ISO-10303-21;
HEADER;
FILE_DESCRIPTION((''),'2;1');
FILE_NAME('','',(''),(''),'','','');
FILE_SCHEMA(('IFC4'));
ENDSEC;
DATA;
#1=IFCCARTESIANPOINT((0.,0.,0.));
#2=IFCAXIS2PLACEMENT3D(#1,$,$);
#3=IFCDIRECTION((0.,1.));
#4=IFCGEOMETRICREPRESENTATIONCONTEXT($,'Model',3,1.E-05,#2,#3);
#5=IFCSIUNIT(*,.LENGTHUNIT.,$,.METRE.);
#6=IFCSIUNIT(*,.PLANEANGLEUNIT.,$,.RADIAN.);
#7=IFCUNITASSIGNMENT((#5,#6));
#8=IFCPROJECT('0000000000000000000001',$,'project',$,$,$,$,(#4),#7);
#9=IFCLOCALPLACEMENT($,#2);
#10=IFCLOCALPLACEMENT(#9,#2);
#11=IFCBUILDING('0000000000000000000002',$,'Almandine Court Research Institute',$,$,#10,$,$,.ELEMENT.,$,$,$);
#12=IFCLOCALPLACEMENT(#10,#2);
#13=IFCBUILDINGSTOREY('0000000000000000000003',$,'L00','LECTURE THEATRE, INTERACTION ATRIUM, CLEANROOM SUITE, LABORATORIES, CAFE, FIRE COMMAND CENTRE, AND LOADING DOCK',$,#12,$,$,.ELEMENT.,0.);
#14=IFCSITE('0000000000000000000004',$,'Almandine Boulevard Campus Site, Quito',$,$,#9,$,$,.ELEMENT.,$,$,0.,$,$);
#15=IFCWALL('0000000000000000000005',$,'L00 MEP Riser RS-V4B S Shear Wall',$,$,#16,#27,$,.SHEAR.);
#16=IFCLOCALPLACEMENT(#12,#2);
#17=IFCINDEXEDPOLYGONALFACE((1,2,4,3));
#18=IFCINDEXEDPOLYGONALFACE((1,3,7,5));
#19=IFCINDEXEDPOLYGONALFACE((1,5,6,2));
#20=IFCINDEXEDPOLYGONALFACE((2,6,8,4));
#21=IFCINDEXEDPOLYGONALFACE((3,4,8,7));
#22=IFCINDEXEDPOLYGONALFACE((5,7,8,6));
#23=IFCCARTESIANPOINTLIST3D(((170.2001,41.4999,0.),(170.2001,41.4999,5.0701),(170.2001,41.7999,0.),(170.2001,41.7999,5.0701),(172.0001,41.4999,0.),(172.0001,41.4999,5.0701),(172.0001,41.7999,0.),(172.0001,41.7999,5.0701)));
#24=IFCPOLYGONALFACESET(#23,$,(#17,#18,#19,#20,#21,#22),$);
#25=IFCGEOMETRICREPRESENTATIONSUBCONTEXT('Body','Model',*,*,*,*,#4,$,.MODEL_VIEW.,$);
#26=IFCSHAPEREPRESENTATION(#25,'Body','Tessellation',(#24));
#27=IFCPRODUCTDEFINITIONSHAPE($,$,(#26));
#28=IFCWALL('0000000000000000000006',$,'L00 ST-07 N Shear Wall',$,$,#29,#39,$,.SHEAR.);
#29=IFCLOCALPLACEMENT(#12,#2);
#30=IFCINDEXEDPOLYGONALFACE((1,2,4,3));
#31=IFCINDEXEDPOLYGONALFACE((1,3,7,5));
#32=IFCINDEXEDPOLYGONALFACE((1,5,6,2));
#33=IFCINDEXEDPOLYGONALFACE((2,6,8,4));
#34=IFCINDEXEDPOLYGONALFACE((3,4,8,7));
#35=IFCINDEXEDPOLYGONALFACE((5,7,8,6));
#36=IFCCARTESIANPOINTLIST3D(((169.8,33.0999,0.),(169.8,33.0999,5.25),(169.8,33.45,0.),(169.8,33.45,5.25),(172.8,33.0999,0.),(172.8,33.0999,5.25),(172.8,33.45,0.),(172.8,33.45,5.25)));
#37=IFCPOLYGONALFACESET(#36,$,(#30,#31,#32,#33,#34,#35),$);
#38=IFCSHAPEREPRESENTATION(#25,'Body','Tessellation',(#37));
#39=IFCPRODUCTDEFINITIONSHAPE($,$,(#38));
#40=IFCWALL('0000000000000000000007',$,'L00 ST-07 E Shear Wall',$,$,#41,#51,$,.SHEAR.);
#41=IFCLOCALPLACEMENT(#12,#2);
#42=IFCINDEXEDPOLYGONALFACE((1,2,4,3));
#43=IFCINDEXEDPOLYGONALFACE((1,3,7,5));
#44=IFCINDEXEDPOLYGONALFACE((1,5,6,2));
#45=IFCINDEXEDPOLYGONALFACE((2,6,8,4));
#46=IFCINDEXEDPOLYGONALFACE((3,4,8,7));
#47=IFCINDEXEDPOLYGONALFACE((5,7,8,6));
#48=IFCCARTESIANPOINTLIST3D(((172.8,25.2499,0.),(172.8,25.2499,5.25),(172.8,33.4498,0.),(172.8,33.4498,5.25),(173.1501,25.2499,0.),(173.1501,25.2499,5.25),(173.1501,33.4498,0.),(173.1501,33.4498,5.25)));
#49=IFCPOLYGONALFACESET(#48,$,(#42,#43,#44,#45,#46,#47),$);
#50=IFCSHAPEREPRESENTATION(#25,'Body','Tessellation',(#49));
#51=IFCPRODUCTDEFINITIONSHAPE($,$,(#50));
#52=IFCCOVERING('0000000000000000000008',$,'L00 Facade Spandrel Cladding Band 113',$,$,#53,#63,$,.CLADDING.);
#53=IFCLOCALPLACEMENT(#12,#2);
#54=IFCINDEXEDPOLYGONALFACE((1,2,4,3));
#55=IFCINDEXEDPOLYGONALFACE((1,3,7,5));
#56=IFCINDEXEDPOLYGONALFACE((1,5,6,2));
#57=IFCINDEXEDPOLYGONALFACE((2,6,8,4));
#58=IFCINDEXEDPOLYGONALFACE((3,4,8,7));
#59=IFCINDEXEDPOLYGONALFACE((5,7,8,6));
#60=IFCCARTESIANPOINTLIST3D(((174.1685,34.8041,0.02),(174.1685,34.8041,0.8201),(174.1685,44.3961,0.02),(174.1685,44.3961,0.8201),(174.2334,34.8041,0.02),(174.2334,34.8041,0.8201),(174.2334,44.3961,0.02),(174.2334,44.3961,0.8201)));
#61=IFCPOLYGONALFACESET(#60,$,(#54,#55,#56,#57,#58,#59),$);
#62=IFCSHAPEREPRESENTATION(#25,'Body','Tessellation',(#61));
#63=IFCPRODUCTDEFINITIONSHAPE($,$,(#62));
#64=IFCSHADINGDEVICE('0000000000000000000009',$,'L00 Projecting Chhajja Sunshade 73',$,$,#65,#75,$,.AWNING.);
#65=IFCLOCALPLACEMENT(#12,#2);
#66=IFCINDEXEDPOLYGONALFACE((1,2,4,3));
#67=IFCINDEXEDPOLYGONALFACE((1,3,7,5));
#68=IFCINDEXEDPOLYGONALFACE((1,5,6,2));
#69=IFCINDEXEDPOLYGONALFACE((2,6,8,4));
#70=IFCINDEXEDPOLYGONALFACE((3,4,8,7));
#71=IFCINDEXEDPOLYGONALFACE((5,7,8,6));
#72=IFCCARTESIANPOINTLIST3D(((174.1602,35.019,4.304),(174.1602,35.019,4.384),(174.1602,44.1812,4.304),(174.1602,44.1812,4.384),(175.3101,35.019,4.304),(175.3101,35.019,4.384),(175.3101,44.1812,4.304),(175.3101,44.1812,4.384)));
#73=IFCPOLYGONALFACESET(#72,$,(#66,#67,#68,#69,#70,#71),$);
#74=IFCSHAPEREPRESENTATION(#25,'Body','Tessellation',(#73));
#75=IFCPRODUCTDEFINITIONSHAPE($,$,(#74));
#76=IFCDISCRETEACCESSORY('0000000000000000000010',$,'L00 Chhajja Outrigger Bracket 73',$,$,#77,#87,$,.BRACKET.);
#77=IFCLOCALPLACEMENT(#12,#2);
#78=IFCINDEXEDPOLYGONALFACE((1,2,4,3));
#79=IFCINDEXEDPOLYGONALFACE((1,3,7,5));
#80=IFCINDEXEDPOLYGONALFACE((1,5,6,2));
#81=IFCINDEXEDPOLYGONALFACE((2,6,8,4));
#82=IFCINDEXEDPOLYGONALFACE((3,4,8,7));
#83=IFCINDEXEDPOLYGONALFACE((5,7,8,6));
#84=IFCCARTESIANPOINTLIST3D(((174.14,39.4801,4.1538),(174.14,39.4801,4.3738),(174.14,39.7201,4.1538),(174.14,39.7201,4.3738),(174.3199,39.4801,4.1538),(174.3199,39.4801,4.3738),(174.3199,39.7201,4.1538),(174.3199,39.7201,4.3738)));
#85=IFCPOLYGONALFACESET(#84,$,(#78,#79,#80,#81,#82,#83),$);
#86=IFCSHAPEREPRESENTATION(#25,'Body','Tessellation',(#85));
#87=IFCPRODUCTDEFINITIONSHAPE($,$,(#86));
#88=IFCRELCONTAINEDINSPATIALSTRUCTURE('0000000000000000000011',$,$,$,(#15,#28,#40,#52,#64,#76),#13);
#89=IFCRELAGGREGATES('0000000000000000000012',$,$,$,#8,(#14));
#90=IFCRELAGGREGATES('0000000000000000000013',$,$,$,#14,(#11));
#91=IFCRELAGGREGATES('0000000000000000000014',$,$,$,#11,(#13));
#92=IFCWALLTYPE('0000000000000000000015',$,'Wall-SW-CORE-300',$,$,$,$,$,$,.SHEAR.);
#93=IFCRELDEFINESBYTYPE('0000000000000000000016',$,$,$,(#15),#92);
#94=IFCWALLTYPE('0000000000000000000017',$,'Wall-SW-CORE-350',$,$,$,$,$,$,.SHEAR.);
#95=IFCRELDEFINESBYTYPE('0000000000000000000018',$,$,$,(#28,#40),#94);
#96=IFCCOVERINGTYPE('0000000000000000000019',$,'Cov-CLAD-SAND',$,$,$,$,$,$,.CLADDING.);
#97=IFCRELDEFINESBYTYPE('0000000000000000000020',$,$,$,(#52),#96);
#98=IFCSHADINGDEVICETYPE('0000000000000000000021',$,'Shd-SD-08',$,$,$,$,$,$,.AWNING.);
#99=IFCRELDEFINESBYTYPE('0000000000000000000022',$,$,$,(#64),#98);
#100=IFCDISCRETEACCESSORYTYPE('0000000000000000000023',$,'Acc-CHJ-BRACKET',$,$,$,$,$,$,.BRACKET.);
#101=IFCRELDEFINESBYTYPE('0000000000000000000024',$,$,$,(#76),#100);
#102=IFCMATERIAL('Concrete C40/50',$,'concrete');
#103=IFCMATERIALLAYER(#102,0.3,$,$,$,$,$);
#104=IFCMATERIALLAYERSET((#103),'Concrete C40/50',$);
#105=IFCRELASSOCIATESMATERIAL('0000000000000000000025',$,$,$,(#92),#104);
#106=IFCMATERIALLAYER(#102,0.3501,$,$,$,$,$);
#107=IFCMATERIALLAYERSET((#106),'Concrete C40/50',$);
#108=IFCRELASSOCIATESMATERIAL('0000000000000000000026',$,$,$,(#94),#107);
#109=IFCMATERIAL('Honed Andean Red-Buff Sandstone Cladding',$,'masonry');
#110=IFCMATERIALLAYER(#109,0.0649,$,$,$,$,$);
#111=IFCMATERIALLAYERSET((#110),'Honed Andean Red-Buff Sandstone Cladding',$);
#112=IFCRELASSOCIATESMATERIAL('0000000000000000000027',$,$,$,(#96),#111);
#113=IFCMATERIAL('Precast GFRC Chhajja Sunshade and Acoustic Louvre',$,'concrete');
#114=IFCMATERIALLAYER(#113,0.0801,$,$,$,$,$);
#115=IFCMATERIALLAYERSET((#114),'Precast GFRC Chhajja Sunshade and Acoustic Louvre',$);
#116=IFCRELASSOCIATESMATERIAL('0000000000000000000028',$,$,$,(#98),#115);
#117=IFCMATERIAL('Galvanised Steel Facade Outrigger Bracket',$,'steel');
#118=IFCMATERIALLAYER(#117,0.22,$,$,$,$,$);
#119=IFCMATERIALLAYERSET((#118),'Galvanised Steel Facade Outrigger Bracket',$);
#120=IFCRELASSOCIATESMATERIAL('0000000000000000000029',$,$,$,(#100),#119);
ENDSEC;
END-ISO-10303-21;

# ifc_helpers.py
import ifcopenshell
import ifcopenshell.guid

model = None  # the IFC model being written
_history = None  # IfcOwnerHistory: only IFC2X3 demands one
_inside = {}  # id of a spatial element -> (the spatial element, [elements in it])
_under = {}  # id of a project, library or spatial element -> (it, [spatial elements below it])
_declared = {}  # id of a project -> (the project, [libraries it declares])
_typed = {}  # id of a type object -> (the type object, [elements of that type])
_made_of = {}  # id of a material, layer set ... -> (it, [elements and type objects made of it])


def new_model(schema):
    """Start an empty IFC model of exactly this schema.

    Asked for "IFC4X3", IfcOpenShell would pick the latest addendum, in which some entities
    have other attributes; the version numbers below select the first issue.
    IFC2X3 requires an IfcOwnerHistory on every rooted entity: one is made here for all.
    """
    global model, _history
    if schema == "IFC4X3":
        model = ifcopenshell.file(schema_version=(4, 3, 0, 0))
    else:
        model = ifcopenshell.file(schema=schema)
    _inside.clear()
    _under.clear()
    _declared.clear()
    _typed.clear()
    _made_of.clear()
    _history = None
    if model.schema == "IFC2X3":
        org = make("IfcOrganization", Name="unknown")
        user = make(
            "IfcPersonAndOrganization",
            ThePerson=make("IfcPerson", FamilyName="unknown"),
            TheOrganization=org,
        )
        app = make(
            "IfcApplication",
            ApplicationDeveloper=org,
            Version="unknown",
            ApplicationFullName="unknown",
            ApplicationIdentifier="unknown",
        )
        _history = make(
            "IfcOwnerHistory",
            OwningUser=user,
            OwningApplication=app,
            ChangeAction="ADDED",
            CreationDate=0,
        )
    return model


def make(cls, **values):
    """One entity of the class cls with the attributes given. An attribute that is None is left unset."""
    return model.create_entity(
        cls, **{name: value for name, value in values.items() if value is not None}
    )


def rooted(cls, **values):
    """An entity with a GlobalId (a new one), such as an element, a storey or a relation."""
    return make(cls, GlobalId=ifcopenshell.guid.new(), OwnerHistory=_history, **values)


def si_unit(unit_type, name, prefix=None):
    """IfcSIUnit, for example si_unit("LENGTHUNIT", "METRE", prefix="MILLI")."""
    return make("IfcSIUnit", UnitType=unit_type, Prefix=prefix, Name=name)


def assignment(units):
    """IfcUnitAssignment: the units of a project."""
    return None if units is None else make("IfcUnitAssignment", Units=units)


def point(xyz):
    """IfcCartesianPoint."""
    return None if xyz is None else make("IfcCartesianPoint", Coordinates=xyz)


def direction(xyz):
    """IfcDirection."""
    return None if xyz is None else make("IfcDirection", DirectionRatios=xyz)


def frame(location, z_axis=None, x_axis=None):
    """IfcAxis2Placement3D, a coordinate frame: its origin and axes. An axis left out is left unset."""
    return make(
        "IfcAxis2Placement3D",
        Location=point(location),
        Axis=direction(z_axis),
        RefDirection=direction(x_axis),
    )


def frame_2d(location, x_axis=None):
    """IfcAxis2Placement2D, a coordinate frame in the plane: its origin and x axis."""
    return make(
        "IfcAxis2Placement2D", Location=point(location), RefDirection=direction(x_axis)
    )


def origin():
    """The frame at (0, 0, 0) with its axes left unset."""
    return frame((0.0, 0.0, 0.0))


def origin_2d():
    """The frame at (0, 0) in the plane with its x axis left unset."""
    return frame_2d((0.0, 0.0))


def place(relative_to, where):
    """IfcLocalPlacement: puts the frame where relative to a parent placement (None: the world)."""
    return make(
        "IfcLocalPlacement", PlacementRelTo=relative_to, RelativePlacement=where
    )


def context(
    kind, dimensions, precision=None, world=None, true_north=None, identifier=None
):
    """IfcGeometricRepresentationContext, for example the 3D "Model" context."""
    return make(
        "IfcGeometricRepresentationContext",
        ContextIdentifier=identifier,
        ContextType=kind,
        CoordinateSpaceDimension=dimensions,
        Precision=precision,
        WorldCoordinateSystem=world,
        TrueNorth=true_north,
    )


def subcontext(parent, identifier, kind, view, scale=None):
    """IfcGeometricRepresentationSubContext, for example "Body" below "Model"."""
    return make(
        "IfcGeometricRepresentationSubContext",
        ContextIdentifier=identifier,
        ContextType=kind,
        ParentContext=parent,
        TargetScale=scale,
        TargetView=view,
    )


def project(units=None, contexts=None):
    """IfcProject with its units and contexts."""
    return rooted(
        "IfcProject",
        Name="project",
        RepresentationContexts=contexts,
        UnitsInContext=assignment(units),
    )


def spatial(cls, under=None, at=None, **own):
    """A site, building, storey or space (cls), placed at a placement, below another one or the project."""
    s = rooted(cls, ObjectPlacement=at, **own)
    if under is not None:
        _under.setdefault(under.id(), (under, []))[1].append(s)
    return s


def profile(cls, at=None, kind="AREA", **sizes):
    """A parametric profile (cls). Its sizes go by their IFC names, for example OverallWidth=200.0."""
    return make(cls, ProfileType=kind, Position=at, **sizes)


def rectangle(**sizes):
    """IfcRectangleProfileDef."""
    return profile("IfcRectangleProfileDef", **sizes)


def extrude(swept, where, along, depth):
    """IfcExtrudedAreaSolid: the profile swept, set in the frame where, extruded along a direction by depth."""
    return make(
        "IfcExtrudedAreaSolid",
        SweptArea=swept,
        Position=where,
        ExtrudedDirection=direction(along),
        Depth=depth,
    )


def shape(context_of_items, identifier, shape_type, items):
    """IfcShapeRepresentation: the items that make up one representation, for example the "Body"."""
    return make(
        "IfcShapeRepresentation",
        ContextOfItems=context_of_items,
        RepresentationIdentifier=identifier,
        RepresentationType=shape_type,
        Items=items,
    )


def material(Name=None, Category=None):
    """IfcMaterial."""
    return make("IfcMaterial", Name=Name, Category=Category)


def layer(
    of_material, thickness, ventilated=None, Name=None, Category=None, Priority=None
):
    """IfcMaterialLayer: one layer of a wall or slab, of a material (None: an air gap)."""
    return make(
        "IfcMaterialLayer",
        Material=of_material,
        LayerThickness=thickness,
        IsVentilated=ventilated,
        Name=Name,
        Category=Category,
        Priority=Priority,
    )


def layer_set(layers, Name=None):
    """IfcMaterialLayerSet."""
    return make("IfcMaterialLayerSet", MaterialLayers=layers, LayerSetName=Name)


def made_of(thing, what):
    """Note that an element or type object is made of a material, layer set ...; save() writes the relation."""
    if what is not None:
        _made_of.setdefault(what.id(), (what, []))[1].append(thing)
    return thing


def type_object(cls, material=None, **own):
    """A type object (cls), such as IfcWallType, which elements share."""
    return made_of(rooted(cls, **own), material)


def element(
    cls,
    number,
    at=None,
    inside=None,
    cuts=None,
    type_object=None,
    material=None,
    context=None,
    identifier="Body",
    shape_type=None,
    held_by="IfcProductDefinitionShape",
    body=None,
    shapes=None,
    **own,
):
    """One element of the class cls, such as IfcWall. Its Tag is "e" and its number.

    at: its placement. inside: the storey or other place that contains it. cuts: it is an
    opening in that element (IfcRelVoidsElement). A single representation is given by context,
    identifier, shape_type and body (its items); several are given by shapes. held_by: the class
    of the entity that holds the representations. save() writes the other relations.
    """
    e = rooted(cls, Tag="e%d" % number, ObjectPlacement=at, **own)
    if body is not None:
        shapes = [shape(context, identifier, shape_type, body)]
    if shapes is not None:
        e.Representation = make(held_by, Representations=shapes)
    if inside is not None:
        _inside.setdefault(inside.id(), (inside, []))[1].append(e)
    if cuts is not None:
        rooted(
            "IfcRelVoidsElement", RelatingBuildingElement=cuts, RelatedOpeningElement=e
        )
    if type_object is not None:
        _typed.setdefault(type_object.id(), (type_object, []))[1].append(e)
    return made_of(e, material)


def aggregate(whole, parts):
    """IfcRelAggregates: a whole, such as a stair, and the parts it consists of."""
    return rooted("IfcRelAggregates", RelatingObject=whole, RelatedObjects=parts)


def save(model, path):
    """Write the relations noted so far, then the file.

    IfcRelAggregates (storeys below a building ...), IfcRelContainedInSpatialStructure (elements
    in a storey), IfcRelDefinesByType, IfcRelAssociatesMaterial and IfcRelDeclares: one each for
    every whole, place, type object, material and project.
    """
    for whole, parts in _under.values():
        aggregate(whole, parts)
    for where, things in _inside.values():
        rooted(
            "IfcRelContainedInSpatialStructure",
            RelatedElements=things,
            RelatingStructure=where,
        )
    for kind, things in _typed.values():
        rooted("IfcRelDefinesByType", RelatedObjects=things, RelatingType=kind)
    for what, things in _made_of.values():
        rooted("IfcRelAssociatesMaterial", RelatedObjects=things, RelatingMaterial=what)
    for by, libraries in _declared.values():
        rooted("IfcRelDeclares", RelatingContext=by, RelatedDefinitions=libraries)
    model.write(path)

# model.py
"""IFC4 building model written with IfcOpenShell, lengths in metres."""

from ifc_helpers import new_model, si_unit, direction, frame, frame_2d, origin, origin_2d, place, context, subcontext, project, spatial, rectangle, extrude, material, layer, layer_set, type_object, element, save


model = new_model("IFC4")

# Units and contexts
model_context = context("Model", 3, precision=1e-05, world=origin(), true_north=direction((0.0, 1.0)))
body_context = subcontext(model_context, "Body", "Model", "MODEL_VIEW")
ifc_project = project(units=[si_unit("LENGTHUNIT", "METRE"), si_unit("PLANEANGLEUNIT", "RADIAN")], contexts=[model_context])

# Site, building, storey
site_placement = place(None, origin())
site = spatial("IfcSite", under=ifc_project, at=site_placement, Name="Almandine Boulevard Campus Site, Quito", CompositionType="ELEMENT", RefElevation=0.0)
building_placement = place(site_placement, origin())
building = spatial("IfcBuilding", under=site, at=building_placement, Name="Almandine Court Research Institute", CompositionType="ELEMENT")
storey_placement = place(building_placement, origin())
storey = spatial("IfcBuildingStorey", under=building, at=storey_placement, Name="L00", Description="LECTURE THEATRE, INTERACTION ATRIUM, CLEANROOM SUITE, LABORATORIES, CAFE, FIRE COMMAND CENTRE, AND LOADING DOCK", CompositionType="ELEMENT", Elevation=0.0)

# Walls
ifc_material_1 = material(Name="Concrete C40/50", Category="concrete")
ifc_layer_1 = layer(ifc_material_1, 0.3)
ifc_layer_set_1 = layer_set([ifc_layer_1], Name="Concrete C40/50")
wall_type_1 = type_object("IfcWallType", Name="Wall-SW-CORE-300", PredefinedType="SHEAR", material=ifc_layer_set_1)
wall_1_placement = place(storey_placement, frame((172.0, 41.6499, 0.0), z_axis=(0.0, 0.0, 1.0), x_axis=(-1.0, 0.0, 0.0)))
element("IfcWall", 1, at=wall_1_placement, inside=storey, type_object=wall_type_1, Name="L00 MEP Riser RS-V4B S Shear Wall", PredefinedType="SHEAR", context=body_context, shape_type="SweptSolid", body=[
    extrude(rectangle(XDim=1.8, YDim=0.3, at=frame_2d((0.8999, 0.0))), origin(), (0.0, 0.0, 1.0), 5.0701),
])
ifc_layer_2 = layer(ifc_material_1, 0.3501)
ifc_layer_set_2 = layer_set([ifc_layer_2], Name="Concrete C40/50")
wall_type_2 = type_object("IfcWallType", Name="Wall-SW-CORE-350", PredefinedType="SHEAR", material=ifc_layer_set_2)
wall_2_placement = place(storey_placement, frame((169.8, 33.2749, 0.0), z_axis=(0.0, 0.0, 1.0), x_axis=(1.0, 0.0, 0.0)))
element("IfcWall", 2, at=wall_2_placement, inside=storey, type_object=wall_type_2, Name="L00 ST-07 N Shear Wall", PredefinedType="SHEAR", context=body_context, shape_type="SweptSolid", body=[
    extrude(rectangle(XDim=3.0, YDim=0.3501, at=frame_2d((1.5, 0.0))), origin(), (0.0, 0.0, 1.0), 5.25),
])
wall_3_placement = place(storey_placement, frame((172.9751, 33.45, 0.0), z_axis=(0.0, 0.0, 1.0), x_axis=(0.0, -1.0, 0.0)))
element("IfcWall", 3, at=wall_3_placement, inside=storey, type_object=wall_type_2, Name="L00 ST-07 E Shear Wall", PredefinedType="SHEAR", context=body_context, shape_type="SweptSolid", body=[
    extrude(rectangle(XDim=8.2, YDim=0.3501, at=frame_2d((4.1001, 0.0))), origin(), (0.0, 0.0, 1.0), 5.25),
])

# Covering
ifc_material_2 = material(Name="Honed Andean Red-Buff Sandstone Cladding", Category="masonry")
ifc_layer_3 = layer(ifc_material_2, 0.0649)
ifc_layer_set_3 = layer_set([ifc_layer_3], Name="Honed Andean Red-Buff Sandstone Cladding")
covering_type = type_object("IfcCoveringType", Name="Cov-CLAD-SAND", PredefinedType="CLADDING", material=ifc_layer_set_3)
covering_placement = place(storey_placement, frame((174.2009, 39.6001, 0.02), z_axis=(0.0, 0.0, 1.0), x_axis=(0.0, -1.0, 0.0)))
element("IfcCovering", 4, at=covering_placement, inside=storey, type_object=covering_type, Name="L00 Facade Spandrel Cladding Band 113", PredefinedType="CLADDING", context=body_context, shape_type="SweptSolid", body=[
    extrude(rectangle(XDim=9.592, YDim=0.0649, at=origin_2d()), origin(), (0.0, 0.0, 1.0), 0.8),
])

# Shading device
ifc_material_3 = material(Name="Precast GFRC Chhajja Sunshade and Acoustic Louvre", Category="concrete")
ifc_layer_4 = layer(ifc_material_3, 0.0801)
ifc_layer_set_4 = layer_set([ifc_layer_4], Name="Precast GFRC Chhajja Sunshade and Acoustic Louvre")
shading_device_type = type_object("IfcShadingDeviceType", Name="Shd-SD-08", PredefinedType="AWNING", material=ifc_layer_set_4)
shading_device_placement = place(storey_placement, frame((174.7351, 39.6001, 4.304), z_axis=(0.0, 0.0, 1.0), x_axis=(0.0, -1.0, 0.0)))
element("IfcShadingDevice", 5, at=shading_device_placement, inside=storey, type_object=shading_device_type, Name="L00 Projecting Chhajja Sunshade 73", PredefinedType="AWNING", context=body_context, shape_type="SweptSolid", body=[
    extrude(rectangle(XDim=9.1621, YDim=1.1499, at=origin_2d()), origin(), (0.0, 0.0, 1.0), 0.0801),
])

# Discrete accessory
ifc_material_4 = material(Name="Galvanised Steel Facade Outrigger Bracket", Category="steel")
ifc_layer_5 = layer(ifc_material_4, 0.22)
ifc_layer_set_5 = layer_set([ifc_layer_5], Name="Galvanised Steel Facade Outrigger Bracket")
discrete_accessory_type = type_object("IfcDiscreteAccessoryType", Name="Acc-CHJ-BRACKET", PredefinedType="BRACKET", material=ifc_layer_set_5)
discrete_accessory_placement = place(storey_placement, frame((174.23, 39.6001, 4.1538), z_axis=(0.0, 0.0, 1.0), x_axis=(0.0, -1.0, 0.0)))
element("IfcDiscreteAccessory", 6, at=discrete_accessory_placement, inside=storey, type_object=discrete_accessory_type, Name="L00 Chhajja Outrigger Bracket 73", PredefinedType="BRACKET", context=body_context, shape_type="SweptSolid", body=[
    extrude(rectangle(XDim=0.24, YDim=0.1799, at=origin_2d()), origin(), (0.0, 0.0, 1.0), 0.22),
])

save(model, "model.ifc")
